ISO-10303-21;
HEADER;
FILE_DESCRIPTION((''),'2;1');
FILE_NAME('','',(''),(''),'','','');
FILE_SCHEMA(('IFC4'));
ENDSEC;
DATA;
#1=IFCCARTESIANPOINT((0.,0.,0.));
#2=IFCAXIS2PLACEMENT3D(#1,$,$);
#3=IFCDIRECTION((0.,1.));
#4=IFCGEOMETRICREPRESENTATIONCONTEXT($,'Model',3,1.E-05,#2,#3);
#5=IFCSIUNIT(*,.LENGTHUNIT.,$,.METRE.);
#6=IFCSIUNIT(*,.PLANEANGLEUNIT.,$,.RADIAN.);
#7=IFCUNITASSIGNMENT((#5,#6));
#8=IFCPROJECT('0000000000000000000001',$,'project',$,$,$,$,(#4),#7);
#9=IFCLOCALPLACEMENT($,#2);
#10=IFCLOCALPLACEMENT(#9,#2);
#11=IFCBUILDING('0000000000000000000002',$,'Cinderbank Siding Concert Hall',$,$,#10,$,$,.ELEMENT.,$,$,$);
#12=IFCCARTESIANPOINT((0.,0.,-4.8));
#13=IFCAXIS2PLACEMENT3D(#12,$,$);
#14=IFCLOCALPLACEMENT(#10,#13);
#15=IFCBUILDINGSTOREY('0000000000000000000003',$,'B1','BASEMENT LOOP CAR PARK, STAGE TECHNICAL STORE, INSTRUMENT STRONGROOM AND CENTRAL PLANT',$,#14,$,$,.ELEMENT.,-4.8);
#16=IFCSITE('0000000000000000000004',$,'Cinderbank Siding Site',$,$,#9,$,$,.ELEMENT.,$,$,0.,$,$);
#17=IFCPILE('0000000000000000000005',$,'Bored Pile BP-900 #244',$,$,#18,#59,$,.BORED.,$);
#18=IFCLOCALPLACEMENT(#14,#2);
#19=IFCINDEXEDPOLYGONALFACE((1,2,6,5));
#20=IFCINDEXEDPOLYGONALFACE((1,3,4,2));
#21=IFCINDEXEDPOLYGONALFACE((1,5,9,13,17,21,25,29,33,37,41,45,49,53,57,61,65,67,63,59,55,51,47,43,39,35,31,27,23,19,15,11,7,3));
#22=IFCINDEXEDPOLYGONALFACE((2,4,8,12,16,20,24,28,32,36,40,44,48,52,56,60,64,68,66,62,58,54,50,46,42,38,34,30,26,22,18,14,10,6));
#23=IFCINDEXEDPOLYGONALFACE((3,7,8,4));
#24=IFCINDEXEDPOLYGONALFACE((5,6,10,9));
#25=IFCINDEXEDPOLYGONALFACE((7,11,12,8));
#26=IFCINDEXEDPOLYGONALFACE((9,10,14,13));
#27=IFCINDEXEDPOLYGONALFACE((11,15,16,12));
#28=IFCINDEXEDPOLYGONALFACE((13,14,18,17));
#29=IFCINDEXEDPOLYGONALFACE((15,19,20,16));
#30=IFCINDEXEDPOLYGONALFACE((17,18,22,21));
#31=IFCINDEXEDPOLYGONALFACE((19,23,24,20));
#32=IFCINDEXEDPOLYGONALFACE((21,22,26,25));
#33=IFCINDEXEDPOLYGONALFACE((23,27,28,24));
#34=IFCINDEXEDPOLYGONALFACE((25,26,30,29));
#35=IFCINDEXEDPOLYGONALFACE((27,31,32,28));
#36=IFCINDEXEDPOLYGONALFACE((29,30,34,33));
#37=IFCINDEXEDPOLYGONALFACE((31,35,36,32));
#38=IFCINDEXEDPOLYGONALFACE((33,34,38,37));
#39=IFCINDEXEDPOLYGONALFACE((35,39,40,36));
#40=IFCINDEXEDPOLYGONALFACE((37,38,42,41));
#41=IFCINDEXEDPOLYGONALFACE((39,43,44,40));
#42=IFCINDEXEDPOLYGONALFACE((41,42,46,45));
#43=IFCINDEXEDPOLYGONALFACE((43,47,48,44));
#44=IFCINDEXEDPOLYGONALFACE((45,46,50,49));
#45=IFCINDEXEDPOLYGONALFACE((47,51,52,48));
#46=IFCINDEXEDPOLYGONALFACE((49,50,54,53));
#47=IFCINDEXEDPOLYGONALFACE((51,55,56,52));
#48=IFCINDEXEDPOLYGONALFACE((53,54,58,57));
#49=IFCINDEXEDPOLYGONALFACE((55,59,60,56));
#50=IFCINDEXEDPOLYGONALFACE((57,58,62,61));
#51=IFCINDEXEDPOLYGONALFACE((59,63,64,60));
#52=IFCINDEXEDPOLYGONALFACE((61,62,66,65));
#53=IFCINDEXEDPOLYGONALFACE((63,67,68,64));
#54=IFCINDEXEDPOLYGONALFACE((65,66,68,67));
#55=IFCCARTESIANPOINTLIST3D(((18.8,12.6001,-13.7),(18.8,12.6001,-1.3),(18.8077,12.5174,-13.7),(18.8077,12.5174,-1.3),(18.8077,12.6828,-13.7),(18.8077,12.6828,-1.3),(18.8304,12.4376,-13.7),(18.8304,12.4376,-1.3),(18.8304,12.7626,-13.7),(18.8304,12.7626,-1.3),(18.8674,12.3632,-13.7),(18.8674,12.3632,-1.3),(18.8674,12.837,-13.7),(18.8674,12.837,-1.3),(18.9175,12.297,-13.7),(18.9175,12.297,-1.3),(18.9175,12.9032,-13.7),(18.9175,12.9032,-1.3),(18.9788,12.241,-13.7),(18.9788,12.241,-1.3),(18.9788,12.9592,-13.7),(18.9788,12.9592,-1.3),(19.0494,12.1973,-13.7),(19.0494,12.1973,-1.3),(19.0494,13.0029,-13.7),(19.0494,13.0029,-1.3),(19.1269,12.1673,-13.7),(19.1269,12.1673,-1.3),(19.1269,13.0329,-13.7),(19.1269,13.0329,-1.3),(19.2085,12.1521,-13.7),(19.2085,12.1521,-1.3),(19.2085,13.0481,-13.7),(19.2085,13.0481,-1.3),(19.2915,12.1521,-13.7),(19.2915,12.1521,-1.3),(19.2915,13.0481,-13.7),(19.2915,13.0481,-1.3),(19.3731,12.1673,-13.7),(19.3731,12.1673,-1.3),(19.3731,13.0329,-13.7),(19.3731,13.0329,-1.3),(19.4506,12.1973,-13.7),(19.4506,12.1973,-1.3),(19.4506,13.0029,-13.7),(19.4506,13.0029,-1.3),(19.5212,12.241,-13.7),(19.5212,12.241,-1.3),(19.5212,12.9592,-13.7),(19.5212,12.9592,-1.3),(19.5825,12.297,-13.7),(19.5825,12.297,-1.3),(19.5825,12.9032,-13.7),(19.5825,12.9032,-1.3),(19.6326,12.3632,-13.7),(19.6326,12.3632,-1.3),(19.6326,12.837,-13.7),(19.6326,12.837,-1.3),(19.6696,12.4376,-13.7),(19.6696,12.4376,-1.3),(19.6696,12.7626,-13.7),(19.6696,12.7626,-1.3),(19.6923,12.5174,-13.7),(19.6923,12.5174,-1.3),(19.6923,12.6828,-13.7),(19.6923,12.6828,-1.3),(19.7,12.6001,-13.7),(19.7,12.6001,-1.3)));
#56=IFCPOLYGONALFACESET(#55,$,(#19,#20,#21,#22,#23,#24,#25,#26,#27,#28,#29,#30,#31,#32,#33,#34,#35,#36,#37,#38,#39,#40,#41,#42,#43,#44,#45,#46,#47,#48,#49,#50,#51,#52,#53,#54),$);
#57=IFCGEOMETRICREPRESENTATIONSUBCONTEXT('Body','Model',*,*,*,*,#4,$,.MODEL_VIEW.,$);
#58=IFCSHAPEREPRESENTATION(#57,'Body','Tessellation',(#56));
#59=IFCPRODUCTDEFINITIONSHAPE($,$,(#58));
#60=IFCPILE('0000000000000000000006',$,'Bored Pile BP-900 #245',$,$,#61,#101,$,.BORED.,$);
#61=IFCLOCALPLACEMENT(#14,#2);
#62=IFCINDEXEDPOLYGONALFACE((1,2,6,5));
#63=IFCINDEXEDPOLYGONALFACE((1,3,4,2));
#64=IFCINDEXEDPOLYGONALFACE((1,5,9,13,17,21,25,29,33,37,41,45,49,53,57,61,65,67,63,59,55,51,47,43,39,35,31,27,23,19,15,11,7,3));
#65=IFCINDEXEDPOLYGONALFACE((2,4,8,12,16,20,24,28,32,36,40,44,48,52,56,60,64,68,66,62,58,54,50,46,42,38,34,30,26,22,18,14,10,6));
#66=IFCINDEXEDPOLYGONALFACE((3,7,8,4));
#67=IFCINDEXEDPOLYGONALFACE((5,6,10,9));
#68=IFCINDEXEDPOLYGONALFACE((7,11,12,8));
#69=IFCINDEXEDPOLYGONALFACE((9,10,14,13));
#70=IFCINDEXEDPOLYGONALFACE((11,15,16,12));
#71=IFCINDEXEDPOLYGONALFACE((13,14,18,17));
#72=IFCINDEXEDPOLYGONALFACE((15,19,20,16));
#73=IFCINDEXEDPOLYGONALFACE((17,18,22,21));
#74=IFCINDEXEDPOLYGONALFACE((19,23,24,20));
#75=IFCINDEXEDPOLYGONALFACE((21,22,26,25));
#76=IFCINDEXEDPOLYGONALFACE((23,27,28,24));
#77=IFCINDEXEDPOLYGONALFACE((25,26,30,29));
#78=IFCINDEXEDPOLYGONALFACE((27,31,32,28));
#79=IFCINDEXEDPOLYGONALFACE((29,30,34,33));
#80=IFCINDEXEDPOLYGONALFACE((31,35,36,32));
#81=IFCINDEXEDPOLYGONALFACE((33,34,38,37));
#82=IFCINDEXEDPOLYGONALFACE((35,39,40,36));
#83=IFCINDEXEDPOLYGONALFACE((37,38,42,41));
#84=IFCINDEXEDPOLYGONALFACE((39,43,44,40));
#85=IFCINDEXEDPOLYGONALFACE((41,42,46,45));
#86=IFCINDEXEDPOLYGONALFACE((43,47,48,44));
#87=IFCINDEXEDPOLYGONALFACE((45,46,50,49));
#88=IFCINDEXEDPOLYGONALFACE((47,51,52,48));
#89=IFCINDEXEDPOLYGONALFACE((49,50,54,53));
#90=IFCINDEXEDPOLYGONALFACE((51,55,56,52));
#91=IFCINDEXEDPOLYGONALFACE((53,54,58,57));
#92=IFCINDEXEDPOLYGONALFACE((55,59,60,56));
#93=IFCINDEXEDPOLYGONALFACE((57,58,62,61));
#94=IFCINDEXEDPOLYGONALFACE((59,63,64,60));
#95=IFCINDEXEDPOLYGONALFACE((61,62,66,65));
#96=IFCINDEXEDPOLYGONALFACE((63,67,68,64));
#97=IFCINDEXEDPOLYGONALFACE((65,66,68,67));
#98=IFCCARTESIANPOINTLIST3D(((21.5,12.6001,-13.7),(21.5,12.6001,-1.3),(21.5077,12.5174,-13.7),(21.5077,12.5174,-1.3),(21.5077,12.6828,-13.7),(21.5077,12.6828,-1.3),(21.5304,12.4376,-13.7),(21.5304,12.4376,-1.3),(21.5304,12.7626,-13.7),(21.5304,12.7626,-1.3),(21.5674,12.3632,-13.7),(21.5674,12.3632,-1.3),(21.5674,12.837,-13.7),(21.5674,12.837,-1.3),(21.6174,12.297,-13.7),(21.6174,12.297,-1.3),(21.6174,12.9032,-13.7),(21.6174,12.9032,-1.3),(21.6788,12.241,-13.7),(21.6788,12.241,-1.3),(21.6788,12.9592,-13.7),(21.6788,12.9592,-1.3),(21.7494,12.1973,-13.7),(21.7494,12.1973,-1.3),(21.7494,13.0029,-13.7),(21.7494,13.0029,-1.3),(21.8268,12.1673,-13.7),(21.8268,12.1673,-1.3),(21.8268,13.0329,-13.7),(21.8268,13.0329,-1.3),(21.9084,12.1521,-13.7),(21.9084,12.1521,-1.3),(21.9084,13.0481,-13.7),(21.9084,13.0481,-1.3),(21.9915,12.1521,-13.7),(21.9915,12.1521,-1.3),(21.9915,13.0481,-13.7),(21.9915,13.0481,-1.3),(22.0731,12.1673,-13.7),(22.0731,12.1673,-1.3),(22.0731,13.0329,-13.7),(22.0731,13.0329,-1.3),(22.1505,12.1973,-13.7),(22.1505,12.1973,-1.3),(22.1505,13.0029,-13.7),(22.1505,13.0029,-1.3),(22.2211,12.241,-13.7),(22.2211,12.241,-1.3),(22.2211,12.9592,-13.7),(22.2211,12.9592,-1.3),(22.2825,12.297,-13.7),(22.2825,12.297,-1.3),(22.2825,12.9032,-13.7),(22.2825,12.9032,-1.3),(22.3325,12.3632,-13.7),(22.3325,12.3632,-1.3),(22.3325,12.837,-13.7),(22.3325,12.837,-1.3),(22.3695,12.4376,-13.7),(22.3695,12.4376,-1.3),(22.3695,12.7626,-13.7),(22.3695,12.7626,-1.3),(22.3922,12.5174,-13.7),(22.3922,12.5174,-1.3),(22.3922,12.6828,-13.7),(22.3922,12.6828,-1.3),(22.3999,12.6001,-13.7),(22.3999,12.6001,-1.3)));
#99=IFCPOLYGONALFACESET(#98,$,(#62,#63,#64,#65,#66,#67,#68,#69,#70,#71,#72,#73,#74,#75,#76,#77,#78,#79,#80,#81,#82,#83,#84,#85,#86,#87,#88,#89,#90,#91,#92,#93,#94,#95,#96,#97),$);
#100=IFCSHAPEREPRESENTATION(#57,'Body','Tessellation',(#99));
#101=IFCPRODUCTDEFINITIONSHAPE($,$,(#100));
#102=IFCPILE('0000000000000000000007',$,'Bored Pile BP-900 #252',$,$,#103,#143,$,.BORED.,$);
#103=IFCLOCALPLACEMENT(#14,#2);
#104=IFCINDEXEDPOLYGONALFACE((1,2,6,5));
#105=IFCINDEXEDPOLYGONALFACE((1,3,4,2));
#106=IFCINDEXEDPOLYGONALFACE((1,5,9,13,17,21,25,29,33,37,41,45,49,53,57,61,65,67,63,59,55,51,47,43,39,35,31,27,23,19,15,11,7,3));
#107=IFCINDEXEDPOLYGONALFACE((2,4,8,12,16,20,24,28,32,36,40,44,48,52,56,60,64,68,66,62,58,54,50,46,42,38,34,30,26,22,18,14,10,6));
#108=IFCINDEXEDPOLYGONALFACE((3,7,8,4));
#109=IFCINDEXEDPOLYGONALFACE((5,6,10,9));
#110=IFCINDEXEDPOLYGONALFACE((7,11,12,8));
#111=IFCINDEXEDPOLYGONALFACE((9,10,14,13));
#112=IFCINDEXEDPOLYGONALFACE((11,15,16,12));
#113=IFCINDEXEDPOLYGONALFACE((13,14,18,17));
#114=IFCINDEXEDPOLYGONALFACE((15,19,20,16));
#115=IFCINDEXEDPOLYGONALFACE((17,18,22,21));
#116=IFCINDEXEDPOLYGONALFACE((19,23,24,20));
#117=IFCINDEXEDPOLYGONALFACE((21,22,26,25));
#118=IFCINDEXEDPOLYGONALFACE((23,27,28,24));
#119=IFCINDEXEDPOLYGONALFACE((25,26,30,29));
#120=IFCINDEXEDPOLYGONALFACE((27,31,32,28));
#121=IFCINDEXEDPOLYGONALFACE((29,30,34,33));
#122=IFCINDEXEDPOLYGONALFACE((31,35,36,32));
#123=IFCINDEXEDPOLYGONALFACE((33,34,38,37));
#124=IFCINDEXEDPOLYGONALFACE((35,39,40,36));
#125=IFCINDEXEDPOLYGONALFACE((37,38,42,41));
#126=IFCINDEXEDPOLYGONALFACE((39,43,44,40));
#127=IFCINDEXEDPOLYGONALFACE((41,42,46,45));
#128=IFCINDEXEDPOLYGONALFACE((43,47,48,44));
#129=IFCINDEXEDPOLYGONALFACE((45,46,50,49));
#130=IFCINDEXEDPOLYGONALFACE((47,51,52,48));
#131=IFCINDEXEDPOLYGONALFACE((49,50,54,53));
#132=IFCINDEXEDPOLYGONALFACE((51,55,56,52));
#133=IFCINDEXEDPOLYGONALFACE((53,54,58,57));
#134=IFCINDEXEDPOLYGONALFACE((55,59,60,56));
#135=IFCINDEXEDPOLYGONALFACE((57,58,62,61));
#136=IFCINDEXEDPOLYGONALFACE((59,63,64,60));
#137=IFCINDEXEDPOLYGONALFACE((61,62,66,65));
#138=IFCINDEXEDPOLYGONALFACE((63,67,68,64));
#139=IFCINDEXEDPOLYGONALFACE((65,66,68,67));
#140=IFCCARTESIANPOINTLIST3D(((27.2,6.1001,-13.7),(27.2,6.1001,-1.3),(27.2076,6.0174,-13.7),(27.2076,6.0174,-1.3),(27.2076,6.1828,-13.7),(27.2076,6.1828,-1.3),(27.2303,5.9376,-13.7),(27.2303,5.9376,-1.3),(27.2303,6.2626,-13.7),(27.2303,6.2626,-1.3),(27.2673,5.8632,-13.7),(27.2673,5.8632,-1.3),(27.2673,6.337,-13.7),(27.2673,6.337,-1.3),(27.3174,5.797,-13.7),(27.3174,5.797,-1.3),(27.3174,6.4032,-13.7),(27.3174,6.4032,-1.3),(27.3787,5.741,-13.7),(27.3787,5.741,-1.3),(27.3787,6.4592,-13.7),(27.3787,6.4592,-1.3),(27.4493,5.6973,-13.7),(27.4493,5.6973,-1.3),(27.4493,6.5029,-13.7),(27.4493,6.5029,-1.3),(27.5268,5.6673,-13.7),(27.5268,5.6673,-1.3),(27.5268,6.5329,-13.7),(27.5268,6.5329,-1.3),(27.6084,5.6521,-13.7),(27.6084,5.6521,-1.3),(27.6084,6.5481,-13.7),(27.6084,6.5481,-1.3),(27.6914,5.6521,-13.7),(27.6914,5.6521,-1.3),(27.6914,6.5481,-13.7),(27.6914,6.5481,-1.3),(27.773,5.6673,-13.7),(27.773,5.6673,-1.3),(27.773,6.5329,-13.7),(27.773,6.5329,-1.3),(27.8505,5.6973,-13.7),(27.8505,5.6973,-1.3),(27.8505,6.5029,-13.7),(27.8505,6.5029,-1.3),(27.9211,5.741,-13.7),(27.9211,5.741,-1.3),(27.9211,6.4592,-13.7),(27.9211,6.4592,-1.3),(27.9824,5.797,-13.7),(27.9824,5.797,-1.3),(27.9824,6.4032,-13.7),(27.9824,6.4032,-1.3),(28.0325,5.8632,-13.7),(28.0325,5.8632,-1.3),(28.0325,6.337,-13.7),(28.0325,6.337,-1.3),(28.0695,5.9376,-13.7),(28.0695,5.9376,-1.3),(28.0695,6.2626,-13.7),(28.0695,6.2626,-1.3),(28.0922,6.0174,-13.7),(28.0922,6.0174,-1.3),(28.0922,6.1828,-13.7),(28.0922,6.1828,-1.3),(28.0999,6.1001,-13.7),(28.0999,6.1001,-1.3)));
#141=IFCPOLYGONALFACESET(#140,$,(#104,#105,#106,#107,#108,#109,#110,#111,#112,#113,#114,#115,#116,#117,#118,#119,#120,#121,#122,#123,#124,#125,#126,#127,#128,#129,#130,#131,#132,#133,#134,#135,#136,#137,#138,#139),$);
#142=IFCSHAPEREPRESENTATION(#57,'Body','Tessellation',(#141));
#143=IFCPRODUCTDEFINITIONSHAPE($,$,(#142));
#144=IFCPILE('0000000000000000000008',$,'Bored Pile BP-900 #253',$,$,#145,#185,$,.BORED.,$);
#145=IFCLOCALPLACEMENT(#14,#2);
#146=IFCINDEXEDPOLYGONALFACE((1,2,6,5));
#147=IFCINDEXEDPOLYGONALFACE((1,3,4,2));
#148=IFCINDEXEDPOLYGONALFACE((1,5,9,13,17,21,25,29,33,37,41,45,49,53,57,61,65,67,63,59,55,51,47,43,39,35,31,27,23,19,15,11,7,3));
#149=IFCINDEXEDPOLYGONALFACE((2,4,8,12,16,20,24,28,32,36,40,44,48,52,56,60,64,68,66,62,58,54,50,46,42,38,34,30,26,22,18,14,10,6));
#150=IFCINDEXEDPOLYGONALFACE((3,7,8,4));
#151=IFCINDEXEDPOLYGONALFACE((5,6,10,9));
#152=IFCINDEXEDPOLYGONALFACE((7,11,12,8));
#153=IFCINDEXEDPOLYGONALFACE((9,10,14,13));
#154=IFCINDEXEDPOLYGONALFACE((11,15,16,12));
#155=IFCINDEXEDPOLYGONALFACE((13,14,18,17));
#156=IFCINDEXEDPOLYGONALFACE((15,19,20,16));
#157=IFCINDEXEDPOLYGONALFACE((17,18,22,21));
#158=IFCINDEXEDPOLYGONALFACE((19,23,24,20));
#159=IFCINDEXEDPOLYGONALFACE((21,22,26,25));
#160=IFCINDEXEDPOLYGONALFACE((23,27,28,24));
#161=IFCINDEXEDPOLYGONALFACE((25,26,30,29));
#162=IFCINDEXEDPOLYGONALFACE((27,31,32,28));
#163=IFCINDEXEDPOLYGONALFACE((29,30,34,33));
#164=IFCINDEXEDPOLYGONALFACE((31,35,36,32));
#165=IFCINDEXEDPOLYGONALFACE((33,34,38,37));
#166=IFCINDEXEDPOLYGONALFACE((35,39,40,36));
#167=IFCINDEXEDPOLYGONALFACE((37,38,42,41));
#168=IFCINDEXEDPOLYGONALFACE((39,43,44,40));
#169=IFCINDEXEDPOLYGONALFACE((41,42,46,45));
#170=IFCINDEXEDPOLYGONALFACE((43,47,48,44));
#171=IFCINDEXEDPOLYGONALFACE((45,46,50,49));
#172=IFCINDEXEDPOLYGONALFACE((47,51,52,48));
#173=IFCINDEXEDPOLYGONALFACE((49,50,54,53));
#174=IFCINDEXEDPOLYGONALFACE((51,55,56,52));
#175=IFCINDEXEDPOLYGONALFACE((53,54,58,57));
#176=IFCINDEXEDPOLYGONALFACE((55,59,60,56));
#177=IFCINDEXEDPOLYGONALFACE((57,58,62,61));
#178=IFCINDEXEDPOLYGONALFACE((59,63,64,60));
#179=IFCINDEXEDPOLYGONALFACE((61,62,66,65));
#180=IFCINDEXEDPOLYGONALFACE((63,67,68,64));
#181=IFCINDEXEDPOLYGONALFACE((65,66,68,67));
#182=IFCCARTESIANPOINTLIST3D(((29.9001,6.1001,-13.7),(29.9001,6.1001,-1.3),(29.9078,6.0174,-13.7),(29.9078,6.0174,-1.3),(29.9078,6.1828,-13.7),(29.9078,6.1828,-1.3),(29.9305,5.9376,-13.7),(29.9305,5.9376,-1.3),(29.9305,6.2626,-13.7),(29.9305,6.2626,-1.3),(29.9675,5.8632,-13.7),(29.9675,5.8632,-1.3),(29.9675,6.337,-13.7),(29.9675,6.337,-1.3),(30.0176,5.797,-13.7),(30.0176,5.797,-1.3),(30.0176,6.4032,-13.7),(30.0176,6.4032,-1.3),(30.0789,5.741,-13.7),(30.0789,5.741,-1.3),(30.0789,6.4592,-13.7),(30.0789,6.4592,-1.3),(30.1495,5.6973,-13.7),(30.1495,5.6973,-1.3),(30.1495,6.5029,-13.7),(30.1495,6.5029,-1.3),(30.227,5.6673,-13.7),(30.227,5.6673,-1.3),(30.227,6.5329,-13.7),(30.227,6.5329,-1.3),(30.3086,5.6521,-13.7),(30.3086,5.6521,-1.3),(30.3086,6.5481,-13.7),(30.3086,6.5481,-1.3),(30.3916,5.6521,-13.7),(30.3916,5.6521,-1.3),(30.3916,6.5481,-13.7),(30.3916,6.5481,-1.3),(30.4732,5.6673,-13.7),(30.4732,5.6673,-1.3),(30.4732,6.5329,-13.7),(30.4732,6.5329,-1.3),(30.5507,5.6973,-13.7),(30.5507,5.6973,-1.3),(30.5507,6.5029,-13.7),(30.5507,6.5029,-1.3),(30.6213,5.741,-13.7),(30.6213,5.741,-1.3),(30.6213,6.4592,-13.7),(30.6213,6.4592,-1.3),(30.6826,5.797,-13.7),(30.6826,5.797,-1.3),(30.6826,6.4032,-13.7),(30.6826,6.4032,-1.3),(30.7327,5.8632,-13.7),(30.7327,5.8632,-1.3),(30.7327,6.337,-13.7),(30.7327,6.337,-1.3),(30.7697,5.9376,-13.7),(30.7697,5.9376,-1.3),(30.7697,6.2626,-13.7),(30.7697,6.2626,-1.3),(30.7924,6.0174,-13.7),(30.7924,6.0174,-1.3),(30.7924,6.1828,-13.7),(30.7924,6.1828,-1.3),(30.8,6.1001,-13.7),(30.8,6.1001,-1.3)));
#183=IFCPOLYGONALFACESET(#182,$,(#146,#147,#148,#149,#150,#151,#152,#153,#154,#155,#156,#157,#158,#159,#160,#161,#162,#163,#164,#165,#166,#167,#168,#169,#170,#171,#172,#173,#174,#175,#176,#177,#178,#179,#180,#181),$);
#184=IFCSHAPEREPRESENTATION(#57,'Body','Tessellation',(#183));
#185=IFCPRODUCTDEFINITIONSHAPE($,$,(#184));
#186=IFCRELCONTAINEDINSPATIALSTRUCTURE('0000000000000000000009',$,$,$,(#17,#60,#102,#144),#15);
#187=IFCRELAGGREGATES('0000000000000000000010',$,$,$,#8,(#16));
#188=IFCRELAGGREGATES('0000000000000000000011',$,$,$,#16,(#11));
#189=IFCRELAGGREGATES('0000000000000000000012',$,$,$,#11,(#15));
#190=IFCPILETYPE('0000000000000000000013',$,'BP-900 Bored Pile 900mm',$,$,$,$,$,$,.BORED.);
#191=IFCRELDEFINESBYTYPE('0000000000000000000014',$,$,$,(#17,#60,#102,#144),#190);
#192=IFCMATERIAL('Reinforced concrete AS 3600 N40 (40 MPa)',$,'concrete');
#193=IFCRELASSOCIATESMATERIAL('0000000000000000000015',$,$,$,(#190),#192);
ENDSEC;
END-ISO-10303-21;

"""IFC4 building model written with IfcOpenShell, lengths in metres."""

from ifc_helpers import new_model, si_unit, direction, frame, origin, origin_2d, place, context, subcontext, project, spatial, circle, extrude, material, material_profile, profile_set, type_object, element, save


model = new_model("IFC4")

# Units and contexts
model_context = context("Model", 3, precision=1e-05, world=origin(), true_north=direction((0.0, 1.0)))
body_context = subcontext(model_context, "Body", "Model", "MODEL_VIEW")
ifc_project = project(units=[si_unit("LENGTHUNIT", "METRE"), si_unit("PLANEANGLEUNIT", "RADIAN")], contexts=[model_context])

# Site, building, storey
site_placement = place(None, origin())
site = spatial("IfcSite", under=ifc_project, at=site_placement, Name="Cinderbank Siding Site", CompositionType="ELEMENT", RefElevation=0.0)
building_placement = place(site_placement, origin())
building = spatial("IfcBuilding", under=site, at=building_placement, Name="Cinderbank Siding Concert Hall", CompositionType="ELEMENT")
storey_placement = place(building_placement, frame((0.0, 0.0, -4.8)))
storey = spatial("IfcBuildingStorey", under=building, at=storey_placement, Name="B1", Description="BASEMENT LOOP CAR PARK, STAGE TECHNICAL STORE, INSTRUMENT STRONGROOM AND CENTRAL PLANT", CompositionType="ELEMENT", Elevation=-4.8)

# Piles
ifc_material_1 = material(Name="Reinforced concrete AS 3600 N40 (40 MPa)", Category="concrete")
ifc_material_profile_1 = material_profile(ifc_material_1, circle(Radius=0.45, at=origin_2d()), Name="PILE-900DIA", Category="LoadBearing")
ifc_profile_set_1 = profile_set([ifc_material_profile_1], Name="Reinforced concrete AS 3600 N40 (40 MPa)")
pile_type = type_object("IfcPileType", Name="BP-900 Bored Pile 900mm", PredefinedType="BORED", material=ifc_profile_set_1)
for number, where, z_axis, x_axis, name in (
    (1, (19.25, 12.6001, -1.3), (0.0, 0.0, -1.0), (1.0, 0.0, 0.0), "Bored Pile BP-900 #244"),
    (2, (21.95, 12.6001, -1.3), (0.0, 0.0, -1.0), (1.0, 0.0, 0.0), "Bored Pile BP-900 #245"),
    (3, (27.6499, 6.1001, -1.3), (0.0, 0.0, -1.0), (1.0, 0.0, 0.0), "Bored Pile BP-900 #252"),
    (4, (30.3501, 6.1001, -1.3), (0.0, 0.0, -1.0), (1.0, 0.0, 0.0), "Bored Pile BP-900 #253"),
):
    element("IfcPile", number, at=place(storey_placement, frame(where, z_axis=z_axis, x_axis=x_axis)), inside=storey, type_object=pile_type, Name=name, PredefinedType="BORED", context=body_context, shape_type="SweptSolid", body=[
        extrude(circle(Radius=0.45, at=origin_2d()), origin(), (0.0, 0.0, 1.0), 12.3999),
    ])

save(model, "model.ifc")
